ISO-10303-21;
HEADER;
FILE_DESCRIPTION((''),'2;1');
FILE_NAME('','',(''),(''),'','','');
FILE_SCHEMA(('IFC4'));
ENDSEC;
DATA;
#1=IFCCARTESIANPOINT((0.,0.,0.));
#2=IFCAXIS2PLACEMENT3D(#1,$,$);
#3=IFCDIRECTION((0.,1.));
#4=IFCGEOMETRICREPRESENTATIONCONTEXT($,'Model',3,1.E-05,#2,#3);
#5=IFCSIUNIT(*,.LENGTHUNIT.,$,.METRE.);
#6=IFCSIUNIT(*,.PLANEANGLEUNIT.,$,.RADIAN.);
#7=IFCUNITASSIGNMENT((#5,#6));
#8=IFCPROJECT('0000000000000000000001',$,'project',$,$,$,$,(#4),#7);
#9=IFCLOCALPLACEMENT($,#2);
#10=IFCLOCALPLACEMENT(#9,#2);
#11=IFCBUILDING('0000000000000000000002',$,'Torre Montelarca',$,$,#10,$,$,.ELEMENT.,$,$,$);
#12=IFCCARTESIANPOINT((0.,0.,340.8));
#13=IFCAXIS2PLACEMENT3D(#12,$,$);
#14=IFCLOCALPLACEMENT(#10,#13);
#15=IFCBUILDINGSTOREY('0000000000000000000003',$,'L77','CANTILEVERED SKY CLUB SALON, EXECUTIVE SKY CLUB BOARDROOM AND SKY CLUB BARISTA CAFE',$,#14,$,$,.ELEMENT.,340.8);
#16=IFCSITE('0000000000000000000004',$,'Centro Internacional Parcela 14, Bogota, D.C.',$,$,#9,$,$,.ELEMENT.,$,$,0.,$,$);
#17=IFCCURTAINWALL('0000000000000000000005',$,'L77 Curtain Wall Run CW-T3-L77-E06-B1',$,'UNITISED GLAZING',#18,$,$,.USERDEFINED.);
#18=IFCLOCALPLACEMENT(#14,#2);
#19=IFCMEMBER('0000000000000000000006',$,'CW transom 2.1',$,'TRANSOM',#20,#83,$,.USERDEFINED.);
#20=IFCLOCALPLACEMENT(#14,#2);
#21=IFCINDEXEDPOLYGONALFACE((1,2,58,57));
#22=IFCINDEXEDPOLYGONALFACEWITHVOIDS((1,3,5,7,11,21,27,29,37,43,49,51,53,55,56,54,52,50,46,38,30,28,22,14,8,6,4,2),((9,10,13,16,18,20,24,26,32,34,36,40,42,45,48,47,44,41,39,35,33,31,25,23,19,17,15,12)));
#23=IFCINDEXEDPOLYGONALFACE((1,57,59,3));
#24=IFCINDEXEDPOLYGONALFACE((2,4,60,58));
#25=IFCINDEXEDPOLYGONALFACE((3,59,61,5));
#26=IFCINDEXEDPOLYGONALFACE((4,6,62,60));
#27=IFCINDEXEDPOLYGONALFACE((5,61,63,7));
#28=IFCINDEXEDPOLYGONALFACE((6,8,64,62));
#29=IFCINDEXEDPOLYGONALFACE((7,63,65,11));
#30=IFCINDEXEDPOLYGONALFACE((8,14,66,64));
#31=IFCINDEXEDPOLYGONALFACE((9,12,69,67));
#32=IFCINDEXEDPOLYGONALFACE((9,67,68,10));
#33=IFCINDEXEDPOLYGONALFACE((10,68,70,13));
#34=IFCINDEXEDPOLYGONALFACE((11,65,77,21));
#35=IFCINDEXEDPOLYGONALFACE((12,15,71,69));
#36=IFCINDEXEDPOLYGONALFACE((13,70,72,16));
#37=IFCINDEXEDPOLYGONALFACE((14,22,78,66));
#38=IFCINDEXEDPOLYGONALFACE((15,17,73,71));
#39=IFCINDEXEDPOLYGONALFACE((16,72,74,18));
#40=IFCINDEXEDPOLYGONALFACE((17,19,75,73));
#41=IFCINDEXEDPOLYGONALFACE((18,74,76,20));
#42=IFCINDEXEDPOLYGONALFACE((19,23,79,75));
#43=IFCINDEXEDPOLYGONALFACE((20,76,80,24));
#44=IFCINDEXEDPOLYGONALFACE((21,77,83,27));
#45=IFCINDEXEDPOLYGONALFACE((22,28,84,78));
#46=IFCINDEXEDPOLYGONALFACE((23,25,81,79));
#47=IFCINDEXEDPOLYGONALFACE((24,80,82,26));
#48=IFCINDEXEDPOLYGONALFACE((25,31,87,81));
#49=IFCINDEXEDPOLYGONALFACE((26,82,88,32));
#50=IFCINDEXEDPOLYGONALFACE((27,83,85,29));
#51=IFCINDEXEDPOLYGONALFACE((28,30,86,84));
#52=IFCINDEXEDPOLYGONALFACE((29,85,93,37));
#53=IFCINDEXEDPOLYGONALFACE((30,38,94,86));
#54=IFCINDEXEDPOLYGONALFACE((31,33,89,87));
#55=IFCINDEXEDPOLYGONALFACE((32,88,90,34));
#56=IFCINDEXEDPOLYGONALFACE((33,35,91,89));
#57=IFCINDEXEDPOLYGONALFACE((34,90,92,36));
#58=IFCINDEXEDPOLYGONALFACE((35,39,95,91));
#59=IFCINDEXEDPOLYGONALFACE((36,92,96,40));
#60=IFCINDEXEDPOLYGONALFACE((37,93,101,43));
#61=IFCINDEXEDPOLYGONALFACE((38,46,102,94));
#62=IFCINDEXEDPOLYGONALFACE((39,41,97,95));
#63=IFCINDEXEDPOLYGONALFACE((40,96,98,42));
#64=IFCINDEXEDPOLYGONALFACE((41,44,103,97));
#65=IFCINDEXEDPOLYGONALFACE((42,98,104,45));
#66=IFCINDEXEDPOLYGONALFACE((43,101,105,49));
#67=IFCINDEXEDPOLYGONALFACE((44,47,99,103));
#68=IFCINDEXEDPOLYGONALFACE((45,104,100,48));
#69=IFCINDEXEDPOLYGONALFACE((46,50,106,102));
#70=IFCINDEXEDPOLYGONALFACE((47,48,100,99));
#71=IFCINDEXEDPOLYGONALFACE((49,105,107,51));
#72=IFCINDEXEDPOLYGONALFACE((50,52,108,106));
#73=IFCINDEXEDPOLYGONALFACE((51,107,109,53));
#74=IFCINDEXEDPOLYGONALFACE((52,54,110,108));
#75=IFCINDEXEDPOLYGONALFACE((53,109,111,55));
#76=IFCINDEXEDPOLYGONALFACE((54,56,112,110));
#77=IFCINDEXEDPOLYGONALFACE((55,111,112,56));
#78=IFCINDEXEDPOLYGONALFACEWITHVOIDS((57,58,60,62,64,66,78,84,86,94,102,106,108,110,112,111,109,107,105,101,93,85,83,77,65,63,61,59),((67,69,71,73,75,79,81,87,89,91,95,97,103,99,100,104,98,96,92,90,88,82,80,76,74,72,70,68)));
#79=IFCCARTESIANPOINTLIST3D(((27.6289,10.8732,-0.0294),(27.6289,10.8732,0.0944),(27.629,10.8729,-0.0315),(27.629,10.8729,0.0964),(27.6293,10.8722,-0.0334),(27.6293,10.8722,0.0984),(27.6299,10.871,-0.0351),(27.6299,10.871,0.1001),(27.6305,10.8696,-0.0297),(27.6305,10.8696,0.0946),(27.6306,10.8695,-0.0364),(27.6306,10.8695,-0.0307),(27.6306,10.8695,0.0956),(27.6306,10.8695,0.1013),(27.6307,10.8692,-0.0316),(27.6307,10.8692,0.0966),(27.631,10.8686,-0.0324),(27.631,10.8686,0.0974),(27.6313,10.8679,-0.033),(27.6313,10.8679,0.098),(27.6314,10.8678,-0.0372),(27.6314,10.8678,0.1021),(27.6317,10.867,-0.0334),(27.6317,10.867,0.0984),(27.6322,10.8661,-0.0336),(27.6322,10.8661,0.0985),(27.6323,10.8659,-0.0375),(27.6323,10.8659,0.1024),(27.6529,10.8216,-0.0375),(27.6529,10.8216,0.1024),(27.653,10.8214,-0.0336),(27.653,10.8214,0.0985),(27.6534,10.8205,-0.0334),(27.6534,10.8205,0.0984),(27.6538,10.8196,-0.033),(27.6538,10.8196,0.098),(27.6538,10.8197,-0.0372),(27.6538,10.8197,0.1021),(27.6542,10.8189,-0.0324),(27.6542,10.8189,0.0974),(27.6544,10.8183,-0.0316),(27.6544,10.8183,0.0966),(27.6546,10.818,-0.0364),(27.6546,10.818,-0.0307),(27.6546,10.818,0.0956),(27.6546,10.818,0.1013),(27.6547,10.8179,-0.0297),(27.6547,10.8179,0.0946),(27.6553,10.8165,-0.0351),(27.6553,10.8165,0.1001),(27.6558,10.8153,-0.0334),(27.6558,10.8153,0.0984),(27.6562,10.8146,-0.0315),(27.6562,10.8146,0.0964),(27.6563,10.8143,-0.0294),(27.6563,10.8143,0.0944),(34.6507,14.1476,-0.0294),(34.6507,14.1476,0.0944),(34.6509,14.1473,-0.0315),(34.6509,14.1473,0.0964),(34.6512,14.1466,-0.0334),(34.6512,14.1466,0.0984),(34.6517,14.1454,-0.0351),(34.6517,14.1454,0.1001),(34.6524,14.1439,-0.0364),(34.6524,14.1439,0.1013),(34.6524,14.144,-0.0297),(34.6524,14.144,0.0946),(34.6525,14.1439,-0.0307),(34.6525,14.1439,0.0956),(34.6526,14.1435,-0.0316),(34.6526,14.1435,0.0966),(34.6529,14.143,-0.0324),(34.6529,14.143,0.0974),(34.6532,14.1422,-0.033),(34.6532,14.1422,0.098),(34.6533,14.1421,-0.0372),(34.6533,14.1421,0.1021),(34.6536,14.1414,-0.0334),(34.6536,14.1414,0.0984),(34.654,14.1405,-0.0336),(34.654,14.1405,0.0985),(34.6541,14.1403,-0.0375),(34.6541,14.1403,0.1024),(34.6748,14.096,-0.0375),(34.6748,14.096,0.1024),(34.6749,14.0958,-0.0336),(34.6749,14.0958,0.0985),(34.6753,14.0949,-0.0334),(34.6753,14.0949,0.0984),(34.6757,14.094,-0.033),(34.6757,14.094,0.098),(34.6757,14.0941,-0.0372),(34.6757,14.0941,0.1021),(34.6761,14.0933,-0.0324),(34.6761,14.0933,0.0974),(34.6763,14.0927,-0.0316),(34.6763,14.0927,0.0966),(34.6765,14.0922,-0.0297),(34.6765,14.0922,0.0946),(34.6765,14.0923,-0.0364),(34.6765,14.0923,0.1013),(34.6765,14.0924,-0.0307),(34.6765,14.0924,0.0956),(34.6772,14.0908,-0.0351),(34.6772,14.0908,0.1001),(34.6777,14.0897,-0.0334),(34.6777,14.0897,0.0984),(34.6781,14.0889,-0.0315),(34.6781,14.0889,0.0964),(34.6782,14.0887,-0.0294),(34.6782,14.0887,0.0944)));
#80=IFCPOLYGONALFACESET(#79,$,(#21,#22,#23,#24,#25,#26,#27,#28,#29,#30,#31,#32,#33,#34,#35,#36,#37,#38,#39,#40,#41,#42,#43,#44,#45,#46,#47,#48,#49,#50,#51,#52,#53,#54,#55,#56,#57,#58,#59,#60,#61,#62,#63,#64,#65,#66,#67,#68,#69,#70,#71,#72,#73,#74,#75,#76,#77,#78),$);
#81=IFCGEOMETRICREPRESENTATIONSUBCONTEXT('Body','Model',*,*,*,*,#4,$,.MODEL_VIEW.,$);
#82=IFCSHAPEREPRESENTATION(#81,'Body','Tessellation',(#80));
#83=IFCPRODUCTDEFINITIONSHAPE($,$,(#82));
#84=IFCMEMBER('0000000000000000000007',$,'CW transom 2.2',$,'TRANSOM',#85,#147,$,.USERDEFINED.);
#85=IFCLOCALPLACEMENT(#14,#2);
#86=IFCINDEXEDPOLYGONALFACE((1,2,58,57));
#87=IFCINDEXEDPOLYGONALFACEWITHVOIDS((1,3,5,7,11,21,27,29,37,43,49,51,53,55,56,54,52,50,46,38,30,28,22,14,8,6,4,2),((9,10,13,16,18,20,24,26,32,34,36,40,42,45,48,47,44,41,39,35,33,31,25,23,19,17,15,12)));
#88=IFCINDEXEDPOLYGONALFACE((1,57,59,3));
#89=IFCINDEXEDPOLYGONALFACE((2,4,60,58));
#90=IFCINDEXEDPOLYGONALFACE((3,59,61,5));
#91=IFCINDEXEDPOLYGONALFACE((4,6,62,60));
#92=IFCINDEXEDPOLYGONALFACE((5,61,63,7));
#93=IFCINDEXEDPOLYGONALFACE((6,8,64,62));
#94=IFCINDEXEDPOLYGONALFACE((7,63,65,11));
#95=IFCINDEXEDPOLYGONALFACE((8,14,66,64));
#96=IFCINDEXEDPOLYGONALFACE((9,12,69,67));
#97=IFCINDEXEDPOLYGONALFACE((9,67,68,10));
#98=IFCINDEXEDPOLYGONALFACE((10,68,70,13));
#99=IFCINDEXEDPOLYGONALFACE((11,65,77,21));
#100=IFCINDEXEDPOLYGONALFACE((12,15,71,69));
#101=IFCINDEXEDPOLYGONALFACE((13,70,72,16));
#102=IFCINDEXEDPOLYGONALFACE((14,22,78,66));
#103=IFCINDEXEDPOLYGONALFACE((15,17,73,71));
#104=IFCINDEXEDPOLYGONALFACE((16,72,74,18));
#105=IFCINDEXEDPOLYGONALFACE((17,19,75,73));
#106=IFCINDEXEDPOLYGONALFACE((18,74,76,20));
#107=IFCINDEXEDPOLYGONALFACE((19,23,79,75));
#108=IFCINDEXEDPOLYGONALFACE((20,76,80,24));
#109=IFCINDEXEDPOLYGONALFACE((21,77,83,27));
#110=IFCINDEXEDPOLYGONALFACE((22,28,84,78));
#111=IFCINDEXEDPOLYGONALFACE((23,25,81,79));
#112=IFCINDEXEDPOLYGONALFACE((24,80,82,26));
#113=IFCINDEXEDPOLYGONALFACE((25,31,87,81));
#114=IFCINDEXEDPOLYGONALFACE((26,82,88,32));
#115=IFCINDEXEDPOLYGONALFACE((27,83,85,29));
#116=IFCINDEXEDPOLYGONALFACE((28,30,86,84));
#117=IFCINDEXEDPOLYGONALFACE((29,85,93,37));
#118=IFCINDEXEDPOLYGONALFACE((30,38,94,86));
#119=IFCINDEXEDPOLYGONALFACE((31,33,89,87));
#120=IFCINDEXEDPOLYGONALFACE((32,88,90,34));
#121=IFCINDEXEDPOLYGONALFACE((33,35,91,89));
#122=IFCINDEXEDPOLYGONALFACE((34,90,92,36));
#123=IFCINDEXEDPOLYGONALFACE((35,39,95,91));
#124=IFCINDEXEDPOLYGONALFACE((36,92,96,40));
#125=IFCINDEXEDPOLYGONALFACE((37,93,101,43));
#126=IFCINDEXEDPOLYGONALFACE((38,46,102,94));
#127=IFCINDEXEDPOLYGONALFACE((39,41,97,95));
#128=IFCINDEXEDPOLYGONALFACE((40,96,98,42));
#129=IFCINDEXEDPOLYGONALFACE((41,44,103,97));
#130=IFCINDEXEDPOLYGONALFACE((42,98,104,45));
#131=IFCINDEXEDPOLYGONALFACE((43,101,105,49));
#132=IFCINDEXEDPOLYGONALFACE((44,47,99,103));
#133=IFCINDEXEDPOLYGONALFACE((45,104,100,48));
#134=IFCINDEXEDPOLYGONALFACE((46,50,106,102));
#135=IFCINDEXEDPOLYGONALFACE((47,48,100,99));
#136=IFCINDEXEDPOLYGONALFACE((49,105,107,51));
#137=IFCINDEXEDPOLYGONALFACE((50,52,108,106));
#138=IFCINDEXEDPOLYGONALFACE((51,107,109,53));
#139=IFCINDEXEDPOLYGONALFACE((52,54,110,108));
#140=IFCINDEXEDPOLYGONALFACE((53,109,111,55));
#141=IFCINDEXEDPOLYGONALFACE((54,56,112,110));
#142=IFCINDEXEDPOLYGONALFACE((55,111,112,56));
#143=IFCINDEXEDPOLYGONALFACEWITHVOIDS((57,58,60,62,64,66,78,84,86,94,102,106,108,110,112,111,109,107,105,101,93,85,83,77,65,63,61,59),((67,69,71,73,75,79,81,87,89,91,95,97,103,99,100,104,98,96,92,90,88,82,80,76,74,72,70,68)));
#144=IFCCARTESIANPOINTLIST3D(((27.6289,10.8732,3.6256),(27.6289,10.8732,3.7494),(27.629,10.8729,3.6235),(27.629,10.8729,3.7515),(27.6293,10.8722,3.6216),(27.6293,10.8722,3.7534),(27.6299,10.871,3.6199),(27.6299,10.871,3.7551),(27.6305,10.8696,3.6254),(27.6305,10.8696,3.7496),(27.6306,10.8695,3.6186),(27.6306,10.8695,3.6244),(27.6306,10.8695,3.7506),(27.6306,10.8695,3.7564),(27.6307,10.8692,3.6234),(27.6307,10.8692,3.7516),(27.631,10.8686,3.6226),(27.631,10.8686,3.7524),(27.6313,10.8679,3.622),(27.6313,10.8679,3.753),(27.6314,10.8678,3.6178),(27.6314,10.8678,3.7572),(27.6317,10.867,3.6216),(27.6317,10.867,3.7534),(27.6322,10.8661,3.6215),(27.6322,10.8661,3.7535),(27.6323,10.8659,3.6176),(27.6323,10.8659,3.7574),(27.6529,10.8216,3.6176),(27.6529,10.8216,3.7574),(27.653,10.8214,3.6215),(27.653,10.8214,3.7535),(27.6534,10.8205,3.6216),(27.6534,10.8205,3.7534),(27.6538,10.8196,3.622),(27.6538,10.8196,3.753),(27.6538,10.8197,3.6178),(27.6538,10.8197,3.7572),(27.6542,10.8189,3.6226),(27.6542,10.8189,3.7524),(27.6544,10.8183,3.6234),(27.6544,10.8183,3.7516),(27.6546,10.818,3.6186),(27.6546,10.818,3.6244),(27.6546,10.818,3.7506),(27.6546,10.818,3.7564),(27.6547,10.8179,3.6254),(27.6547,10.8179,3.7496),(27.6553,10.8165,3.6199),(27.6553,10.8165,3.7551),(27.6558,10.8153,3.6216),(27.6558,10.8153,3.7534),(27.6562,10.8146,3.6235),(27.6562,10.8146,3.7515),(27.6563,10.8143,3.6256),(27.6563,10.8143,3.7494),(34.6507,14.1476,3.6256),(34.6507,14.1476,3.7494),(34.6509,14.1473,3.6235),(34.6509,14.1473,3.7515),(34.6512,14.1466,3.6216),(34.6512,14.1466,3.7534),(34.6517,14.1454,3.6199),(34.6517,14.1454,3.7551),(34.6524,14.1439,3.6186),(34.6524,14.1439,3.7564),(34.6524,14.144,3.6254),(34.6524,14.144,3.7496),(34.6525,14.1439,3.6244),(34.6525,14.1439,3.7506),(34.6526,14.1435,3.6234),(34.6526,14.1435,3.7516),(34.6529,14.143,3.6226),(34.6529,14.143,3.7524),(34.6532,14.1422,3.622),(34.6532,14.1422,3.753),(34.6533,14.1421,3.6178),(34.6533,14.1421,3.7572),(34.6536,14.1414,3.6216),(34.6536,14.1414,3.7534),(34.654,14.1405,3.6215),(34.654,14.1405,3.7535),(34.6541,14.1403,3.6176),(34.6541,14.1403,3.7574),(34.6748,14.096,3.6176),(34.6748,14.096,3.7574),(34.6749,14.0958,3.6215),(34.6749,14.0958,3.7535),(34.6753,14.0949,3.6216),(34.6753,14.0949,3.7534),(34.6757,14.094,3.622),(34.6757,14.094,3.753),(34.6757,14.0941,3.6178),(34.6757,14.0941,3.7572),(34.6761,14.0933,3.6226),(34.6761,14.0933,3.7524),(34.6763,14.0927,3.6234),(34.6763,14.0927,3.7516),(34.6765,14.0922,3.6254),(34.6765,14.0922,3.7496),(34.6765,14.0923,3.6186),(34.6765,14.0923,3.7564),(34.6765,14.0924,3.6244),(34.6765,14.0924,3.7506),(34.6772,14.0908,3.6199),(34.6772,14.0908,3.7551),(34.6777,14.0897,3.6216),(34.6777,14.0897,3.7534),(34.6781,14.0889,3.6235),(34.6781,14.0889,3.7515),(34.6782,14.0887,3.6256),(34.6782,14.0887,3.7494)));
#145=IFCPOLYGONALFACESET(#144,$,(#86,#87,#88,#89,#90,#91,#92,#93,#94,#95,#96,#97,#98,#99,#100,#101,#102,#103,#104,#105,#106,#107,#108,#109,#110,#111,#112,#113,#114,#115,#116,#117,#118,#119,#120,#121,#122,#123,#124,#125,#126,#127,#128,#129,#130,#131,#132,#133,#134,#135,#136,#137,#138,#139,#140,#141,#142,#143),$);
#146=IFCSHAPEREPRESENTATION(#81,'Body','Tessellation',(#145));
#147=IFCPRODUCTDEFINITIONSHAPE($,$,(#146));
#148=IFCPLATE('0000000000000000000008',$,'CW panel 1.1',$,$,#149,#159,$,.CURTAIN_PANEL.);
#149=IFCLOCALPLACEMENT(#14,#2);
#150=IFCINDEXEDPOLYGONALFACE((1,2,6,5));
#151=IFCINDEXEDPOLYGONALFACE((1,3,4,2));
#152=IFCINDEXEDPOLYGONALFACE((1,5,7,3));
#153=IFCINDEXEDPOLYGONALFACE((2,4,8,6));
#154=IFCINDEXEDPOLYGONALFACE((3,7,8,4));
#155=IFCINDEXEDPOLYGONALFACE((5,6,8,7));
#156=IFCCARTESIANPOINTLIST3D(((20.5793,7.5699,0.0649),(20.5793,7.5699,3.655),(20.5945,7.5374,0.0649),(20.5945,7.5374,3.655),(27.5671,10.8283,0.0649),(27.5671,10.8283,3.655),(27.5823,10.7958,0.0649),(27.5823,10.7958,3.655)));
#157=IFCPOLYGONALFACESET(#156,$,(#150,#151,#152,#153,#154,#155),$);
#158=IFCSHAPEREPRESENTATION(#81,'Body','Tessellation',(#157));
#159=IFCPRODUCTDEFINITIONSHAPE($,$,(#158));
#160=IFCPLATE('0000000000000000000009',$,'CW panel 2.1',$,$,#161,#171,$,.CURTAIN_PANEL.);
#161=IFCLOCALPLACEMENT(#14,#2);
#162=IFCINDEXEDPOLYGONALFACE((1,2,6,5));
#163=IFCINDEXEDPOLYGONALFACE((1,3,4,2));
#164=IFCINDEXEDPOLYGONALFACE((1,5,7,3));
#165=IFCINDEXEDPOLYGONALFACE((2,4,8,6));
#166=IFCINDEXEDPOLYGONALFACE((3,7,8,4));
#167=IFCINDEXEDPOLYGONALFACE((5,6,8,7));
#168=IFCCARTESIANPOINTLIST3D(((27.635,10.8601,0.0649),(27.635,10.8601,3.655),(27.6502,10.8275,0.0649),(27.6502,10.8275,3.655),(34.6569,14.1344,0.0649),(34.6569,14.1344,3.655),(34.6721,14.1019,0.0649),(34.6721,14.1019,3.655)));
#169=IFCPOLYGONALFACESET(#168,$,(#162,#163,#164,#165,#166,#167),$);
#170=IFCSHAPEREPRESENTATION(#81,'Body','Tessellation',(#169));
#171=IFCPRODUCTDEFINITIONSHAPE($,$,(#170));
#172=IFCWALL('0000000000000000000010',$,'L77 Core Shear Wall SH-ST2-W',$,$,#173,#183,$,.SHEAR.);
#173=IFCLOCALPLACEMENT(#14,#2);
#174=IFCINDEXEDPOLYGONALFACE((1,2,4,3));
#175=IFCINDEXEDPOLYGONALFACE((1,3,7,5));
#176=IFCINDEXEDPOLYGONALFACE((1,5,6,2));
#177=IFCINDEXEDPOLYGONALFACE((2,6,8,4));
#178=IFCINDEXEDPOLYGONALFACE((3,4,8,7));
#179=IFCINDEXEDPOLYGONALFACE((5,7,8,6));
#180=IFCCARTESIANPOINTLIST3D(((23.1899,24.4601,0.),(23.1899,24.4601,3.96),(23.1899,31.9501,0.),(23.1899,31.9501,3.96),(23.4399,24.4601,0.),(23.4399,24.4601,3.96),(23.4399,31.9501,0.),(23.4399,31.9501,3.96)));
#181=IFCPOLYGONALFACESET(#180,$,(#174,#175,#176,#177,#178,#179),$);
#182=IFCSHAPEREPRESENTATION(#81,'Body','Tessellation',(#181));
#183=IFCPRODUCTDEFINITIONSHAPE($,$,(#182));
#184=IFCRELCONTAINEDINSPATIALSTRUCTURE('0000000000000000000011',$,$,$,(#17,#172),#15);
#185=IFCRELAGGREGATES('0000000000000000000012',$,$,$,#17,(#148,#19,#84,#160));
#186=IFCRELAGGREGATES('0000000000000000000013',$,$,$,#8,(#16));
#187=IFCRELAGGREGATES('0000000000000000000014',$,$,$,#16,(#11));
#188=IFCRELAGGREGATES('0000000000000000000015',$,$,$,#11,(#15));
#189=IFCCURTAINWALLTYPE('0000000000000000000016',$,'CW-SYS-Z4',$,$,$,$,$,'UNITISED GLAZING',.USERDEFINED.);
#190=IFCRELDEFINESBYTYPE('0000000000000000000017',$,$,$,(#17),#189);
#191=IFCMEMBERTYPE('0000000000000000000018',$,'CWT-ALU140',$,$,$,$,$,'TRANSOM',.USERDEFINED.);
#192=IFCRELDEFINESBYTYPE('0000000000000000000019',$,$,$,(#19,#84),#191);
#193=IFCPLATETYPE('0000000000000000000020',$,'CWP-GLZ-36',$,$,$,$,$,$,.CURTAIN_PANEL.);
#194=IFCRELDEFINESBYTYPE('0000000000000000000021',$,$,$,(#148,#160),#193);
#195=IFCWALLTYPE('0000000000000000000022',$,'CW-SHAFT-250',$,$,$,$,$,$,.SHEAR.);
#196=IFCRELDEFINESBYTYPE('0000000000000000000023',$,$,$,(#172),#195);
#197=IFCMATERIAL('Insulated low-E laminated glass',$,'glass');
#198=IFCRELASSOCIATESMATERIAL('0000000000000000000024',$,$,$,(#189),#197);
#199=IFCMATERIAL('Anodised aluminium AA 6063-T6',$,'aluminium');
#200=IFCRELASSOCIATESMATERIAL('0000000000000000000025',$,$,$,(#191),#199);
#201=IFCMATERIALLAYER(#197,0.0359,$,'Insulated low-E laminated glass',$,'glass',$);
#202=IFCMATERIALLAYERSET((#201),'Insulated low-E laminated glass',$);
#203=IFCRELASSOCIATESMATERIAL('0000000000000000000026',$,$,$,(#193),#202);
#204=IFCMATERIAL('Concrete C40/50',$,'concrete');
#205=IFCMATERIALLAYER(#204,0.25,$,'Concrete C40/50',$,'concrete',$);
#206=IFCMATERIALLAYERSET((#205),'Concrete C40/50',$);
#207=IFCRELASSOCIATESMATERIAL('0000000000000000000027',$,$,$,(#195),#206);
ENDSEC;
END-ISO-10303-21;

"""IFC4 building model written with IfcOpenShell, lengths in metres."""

from ifc_helpers import new_model, si_unit, direction, frame, frame_2d, origin, origin_2d, place, context, subcontext, project, spatial, rectangle, hollow_rectangle, extrude, source, transform, mapped, material, layer, layer_set, material_profile, profile_set, type_object, element, aggregate, save


model = new_model("IFC4")

# Units and contexts
model_context = context("Model", 3, precision=1e-05, world=origin(), true_north=direction((0.0, 1.0)))
body_context = subcontext(model_context, "Body", "Model", "MODEL_VIEW")
ifc_project = project(units=[si_unit("LENGTHUNIT", "METRE"), si_unit("PLANEANGLEUNIT", "RADIAN")], contexts=[model_context])

# Site, building, storey
site_placement = place(None, origin())
site = spatial("IfcSite", under=ifc_project, at=site_placement, Name="Centro Internacional Parcela 14, Bogota, D.C.", CompositionType="ELEMENT", RefElevation=0.0)
building_placement = place(site_placement, origin())
building = spatial("IfcBuilding", under=site, at=building_placement, Name="Torre Montelarca", CompositionType="ELEMENT")
storey_placement = place(building_placement, frame((0.0, 0.0, 340.8)))
storey = spatial("IfcBuildingStorey", under=building, at=storey_placement, Name="L77", Description="CANTILEVERED SKY CLUB SALON, EXECUTIVE SKY CLUB BOARDROOM AND SKY CLUB BARISTA CAFE", CompositionType="ELEMENT", Elevation=340.8)

# Shared definitions
ifc_material_1 = material(Name="Concrete C40/50", Category="concrete")

# Curtain wall, members, plates
ifc_material_2 = material(Name="Insulated low-E laminated glass", Category="glass")
curtain_wall_type = type_object("IfcCurtainWallType", Name="CW-SYS-Z4", ElementType="UNITISED GLAZING", PredefinedType="USERDEFINED", material=ifc_material_2)
curtain_wall_placement = place(storey_placement, origin())
curtain_wall = element("IfcCurtainWall", 1, at=curtain_wall_placement, inside=storey, type_object=curtain_wall_type, Name="L77 Curtain Wall Run CW-T3-L77-E06-B1", ObjectType="UNITISED GLAZING", PredefinedType="USERDEFINED")
ifc_material_3 = material(Name="Anodised aluminium AA 6063-T6", Category="aluminium")
ifc_material_profile_1 = material_profile(ifc_material_3, hollow_rectangle(XDim=0.0649, YDim=0.1399, WallThickness=0.0039, InnerFilletRadius=0.0039, OuterFilletRadius=0.0081, at=origin_2d()), Name="ALU65X140X4", Category="aluminium")
ifc_profile_set_1 = profile_set([ifc_material_profile_1], Name="Anodised aluminium AA 6063-T6")
member_type_1 = type_object("IfcMemberType", Name="CWT-ALU140", ElementType="TRANSOM", PredefinedType="USERDEFINED", material=ifc_profile_set_1)
shared_shape_1 = source(origin(), body_context, "Body", "SweptSolid", [
    extrude(hollow_rectangle(XDim=0.0649, YDim=0.1399, WallThickness=0.0039, InnerFilletRadius=0.0039, OuterFilletRadius=0.0081, at=origin_2d()), origin(), (0.0, 0.0, 1.0), 7.7478),
])
member_1_placement = place(storey_placement, frame((27.6426, 10.8438, 0.0325), z_axis=(0.906307, 0.42262, 0.0), x_axis=(-0.42262, 0.906307, 0.0)))
member_1 = element("IfcMember", 2, at=member_1_placement, type_object=member_type_1, Name="CW transom 2.1", ObjectType="TRANSOM", PredefinedType="USERDEFINED", context=body_context, shape_type="MappedRepresentation", body=[
    mapped(shared_shape_1, transform((0.0, 0.0, 0.0), scale=1.0)),
])
member_2_placement = place(storey_placement, frame((27.6426, 10.8438, 3.6875), z_axis=(0.906307, 0.42262, 0.0), x_axis=(-0.42262, 0.906307, 0.0)))
member_2 = element("IfcMember", 3, at=member_2_placement, type_object=member_type_1, Name="CW transom 2.2", ObjectType="TRANSOM", PredefinedType="USERDEFINED", context=body_context, shape_type="MappedRepresentation", body=[
    mapped(shared_shape_1, transform((0.0, 0.0, 0.0), scale=1.0)),
])
ifc_layer_1 = layer(ifc_material_2, 0.0359, Name="Insulated low-E laminated glass", Category="glass")
ifc_layer_set_1 = layer_set([ifc_layer_1], Name="Insulated low-E laminated glass")
plate_type = type_object("IfcPlateType", Name="CWP-GLZ-36", PredefinedType="CURTAIN_PANEL", material=ifc_layer_set_1)
shared_shape_2 = source(origin(), body_context, "Body", "SweptSolid", [
    extrude(rectangle(XDim=7.7102, YDim=0.0359, at=origin_2d()), origin(), (0.0, 0.0, 1.0), 3.5901),
])
plate_1_placement = place(storey_placement, frame((24.0808, 9.1829, 0.0649), z_axis=(0.0, 0.0, 1.0), x_axis=(0.906311, 0.422612, 0.0)))
plate_1 = element("IfcPlate", 4, at=plate_1_placement, type_object=plate_type, Name="CW panel 1.1", PredefinedType="CURTAIN_PANEL", context=body_context, shape_type="MappedRepresentation", body=[
    mapped(shared_shape_2, transform((0.0, 0.0, 0.0), scale=1.0)),
])
shared_shape_3 = source(origin(), body_context, "Body", "SweptSolid", [
    extrude(rectangle(XDim=7.7478, YDim=0.0359, at=origin_2d()), origin(), (0.0, 0.0, 1.0), 3.5901),
])
plate_2_placement = place(storey_placement, frame((31.1536, 12.481, 0.0649), z_axis=(0.0, 0.0, 1.0), x_axis=(0.906311, 0.422612, 0.0)))
plate_2 = element("IfcPlate", 5, at=plate_2_placement, type_object=plate_type, Name="CW panel 2.1", PredefinedType="CURTAIN_PANEL", context=body_context, shape_type="MappedRepresentation", body=[
    mapped(shared_shape_3, transform((0.0, 0.0, 0.0), scale=1.0)),
])
aggregate(curtain_wall, [plate_1, member_1, member_2, plate_2])

# Wall
ifc_layer_2 = layer(ifc_material_1, 0.25, Name="Concrete C40/50", Category="concrete")
ifc_layer_set_2 = layer_set([ifc_layer_2], Name="Concrete C40/50")
wall_type_1 = type_object("IfcWallType", Name="CW-SHAFT-250", PredefinedType="SHEAR", material=ifc_layer_set_2)
wall_1_placement = place(storey_placement, frame((23.3149, 24.46, 0.0), z_axis=(0.0, 0.0, 1.0), x_axis=(0.0, 1.0, 0.0)))
element("IfcWall", 6, at=wall_1_placement, inside=storey, type_object=wall_type_1, Name="L77 Core Shear Wall SH-ST2-W", PredefinedType="SHEAR", context=body_context, shape_type="SweptSolid", body=[
    extrude(rectangle(XDim=7.49, YDim=0.25, at=frame_2d((3.7451, 0.0))), origin(), (0.0, 0.0, 1.0), 3.96),
])

save(model, "model.ifc")
